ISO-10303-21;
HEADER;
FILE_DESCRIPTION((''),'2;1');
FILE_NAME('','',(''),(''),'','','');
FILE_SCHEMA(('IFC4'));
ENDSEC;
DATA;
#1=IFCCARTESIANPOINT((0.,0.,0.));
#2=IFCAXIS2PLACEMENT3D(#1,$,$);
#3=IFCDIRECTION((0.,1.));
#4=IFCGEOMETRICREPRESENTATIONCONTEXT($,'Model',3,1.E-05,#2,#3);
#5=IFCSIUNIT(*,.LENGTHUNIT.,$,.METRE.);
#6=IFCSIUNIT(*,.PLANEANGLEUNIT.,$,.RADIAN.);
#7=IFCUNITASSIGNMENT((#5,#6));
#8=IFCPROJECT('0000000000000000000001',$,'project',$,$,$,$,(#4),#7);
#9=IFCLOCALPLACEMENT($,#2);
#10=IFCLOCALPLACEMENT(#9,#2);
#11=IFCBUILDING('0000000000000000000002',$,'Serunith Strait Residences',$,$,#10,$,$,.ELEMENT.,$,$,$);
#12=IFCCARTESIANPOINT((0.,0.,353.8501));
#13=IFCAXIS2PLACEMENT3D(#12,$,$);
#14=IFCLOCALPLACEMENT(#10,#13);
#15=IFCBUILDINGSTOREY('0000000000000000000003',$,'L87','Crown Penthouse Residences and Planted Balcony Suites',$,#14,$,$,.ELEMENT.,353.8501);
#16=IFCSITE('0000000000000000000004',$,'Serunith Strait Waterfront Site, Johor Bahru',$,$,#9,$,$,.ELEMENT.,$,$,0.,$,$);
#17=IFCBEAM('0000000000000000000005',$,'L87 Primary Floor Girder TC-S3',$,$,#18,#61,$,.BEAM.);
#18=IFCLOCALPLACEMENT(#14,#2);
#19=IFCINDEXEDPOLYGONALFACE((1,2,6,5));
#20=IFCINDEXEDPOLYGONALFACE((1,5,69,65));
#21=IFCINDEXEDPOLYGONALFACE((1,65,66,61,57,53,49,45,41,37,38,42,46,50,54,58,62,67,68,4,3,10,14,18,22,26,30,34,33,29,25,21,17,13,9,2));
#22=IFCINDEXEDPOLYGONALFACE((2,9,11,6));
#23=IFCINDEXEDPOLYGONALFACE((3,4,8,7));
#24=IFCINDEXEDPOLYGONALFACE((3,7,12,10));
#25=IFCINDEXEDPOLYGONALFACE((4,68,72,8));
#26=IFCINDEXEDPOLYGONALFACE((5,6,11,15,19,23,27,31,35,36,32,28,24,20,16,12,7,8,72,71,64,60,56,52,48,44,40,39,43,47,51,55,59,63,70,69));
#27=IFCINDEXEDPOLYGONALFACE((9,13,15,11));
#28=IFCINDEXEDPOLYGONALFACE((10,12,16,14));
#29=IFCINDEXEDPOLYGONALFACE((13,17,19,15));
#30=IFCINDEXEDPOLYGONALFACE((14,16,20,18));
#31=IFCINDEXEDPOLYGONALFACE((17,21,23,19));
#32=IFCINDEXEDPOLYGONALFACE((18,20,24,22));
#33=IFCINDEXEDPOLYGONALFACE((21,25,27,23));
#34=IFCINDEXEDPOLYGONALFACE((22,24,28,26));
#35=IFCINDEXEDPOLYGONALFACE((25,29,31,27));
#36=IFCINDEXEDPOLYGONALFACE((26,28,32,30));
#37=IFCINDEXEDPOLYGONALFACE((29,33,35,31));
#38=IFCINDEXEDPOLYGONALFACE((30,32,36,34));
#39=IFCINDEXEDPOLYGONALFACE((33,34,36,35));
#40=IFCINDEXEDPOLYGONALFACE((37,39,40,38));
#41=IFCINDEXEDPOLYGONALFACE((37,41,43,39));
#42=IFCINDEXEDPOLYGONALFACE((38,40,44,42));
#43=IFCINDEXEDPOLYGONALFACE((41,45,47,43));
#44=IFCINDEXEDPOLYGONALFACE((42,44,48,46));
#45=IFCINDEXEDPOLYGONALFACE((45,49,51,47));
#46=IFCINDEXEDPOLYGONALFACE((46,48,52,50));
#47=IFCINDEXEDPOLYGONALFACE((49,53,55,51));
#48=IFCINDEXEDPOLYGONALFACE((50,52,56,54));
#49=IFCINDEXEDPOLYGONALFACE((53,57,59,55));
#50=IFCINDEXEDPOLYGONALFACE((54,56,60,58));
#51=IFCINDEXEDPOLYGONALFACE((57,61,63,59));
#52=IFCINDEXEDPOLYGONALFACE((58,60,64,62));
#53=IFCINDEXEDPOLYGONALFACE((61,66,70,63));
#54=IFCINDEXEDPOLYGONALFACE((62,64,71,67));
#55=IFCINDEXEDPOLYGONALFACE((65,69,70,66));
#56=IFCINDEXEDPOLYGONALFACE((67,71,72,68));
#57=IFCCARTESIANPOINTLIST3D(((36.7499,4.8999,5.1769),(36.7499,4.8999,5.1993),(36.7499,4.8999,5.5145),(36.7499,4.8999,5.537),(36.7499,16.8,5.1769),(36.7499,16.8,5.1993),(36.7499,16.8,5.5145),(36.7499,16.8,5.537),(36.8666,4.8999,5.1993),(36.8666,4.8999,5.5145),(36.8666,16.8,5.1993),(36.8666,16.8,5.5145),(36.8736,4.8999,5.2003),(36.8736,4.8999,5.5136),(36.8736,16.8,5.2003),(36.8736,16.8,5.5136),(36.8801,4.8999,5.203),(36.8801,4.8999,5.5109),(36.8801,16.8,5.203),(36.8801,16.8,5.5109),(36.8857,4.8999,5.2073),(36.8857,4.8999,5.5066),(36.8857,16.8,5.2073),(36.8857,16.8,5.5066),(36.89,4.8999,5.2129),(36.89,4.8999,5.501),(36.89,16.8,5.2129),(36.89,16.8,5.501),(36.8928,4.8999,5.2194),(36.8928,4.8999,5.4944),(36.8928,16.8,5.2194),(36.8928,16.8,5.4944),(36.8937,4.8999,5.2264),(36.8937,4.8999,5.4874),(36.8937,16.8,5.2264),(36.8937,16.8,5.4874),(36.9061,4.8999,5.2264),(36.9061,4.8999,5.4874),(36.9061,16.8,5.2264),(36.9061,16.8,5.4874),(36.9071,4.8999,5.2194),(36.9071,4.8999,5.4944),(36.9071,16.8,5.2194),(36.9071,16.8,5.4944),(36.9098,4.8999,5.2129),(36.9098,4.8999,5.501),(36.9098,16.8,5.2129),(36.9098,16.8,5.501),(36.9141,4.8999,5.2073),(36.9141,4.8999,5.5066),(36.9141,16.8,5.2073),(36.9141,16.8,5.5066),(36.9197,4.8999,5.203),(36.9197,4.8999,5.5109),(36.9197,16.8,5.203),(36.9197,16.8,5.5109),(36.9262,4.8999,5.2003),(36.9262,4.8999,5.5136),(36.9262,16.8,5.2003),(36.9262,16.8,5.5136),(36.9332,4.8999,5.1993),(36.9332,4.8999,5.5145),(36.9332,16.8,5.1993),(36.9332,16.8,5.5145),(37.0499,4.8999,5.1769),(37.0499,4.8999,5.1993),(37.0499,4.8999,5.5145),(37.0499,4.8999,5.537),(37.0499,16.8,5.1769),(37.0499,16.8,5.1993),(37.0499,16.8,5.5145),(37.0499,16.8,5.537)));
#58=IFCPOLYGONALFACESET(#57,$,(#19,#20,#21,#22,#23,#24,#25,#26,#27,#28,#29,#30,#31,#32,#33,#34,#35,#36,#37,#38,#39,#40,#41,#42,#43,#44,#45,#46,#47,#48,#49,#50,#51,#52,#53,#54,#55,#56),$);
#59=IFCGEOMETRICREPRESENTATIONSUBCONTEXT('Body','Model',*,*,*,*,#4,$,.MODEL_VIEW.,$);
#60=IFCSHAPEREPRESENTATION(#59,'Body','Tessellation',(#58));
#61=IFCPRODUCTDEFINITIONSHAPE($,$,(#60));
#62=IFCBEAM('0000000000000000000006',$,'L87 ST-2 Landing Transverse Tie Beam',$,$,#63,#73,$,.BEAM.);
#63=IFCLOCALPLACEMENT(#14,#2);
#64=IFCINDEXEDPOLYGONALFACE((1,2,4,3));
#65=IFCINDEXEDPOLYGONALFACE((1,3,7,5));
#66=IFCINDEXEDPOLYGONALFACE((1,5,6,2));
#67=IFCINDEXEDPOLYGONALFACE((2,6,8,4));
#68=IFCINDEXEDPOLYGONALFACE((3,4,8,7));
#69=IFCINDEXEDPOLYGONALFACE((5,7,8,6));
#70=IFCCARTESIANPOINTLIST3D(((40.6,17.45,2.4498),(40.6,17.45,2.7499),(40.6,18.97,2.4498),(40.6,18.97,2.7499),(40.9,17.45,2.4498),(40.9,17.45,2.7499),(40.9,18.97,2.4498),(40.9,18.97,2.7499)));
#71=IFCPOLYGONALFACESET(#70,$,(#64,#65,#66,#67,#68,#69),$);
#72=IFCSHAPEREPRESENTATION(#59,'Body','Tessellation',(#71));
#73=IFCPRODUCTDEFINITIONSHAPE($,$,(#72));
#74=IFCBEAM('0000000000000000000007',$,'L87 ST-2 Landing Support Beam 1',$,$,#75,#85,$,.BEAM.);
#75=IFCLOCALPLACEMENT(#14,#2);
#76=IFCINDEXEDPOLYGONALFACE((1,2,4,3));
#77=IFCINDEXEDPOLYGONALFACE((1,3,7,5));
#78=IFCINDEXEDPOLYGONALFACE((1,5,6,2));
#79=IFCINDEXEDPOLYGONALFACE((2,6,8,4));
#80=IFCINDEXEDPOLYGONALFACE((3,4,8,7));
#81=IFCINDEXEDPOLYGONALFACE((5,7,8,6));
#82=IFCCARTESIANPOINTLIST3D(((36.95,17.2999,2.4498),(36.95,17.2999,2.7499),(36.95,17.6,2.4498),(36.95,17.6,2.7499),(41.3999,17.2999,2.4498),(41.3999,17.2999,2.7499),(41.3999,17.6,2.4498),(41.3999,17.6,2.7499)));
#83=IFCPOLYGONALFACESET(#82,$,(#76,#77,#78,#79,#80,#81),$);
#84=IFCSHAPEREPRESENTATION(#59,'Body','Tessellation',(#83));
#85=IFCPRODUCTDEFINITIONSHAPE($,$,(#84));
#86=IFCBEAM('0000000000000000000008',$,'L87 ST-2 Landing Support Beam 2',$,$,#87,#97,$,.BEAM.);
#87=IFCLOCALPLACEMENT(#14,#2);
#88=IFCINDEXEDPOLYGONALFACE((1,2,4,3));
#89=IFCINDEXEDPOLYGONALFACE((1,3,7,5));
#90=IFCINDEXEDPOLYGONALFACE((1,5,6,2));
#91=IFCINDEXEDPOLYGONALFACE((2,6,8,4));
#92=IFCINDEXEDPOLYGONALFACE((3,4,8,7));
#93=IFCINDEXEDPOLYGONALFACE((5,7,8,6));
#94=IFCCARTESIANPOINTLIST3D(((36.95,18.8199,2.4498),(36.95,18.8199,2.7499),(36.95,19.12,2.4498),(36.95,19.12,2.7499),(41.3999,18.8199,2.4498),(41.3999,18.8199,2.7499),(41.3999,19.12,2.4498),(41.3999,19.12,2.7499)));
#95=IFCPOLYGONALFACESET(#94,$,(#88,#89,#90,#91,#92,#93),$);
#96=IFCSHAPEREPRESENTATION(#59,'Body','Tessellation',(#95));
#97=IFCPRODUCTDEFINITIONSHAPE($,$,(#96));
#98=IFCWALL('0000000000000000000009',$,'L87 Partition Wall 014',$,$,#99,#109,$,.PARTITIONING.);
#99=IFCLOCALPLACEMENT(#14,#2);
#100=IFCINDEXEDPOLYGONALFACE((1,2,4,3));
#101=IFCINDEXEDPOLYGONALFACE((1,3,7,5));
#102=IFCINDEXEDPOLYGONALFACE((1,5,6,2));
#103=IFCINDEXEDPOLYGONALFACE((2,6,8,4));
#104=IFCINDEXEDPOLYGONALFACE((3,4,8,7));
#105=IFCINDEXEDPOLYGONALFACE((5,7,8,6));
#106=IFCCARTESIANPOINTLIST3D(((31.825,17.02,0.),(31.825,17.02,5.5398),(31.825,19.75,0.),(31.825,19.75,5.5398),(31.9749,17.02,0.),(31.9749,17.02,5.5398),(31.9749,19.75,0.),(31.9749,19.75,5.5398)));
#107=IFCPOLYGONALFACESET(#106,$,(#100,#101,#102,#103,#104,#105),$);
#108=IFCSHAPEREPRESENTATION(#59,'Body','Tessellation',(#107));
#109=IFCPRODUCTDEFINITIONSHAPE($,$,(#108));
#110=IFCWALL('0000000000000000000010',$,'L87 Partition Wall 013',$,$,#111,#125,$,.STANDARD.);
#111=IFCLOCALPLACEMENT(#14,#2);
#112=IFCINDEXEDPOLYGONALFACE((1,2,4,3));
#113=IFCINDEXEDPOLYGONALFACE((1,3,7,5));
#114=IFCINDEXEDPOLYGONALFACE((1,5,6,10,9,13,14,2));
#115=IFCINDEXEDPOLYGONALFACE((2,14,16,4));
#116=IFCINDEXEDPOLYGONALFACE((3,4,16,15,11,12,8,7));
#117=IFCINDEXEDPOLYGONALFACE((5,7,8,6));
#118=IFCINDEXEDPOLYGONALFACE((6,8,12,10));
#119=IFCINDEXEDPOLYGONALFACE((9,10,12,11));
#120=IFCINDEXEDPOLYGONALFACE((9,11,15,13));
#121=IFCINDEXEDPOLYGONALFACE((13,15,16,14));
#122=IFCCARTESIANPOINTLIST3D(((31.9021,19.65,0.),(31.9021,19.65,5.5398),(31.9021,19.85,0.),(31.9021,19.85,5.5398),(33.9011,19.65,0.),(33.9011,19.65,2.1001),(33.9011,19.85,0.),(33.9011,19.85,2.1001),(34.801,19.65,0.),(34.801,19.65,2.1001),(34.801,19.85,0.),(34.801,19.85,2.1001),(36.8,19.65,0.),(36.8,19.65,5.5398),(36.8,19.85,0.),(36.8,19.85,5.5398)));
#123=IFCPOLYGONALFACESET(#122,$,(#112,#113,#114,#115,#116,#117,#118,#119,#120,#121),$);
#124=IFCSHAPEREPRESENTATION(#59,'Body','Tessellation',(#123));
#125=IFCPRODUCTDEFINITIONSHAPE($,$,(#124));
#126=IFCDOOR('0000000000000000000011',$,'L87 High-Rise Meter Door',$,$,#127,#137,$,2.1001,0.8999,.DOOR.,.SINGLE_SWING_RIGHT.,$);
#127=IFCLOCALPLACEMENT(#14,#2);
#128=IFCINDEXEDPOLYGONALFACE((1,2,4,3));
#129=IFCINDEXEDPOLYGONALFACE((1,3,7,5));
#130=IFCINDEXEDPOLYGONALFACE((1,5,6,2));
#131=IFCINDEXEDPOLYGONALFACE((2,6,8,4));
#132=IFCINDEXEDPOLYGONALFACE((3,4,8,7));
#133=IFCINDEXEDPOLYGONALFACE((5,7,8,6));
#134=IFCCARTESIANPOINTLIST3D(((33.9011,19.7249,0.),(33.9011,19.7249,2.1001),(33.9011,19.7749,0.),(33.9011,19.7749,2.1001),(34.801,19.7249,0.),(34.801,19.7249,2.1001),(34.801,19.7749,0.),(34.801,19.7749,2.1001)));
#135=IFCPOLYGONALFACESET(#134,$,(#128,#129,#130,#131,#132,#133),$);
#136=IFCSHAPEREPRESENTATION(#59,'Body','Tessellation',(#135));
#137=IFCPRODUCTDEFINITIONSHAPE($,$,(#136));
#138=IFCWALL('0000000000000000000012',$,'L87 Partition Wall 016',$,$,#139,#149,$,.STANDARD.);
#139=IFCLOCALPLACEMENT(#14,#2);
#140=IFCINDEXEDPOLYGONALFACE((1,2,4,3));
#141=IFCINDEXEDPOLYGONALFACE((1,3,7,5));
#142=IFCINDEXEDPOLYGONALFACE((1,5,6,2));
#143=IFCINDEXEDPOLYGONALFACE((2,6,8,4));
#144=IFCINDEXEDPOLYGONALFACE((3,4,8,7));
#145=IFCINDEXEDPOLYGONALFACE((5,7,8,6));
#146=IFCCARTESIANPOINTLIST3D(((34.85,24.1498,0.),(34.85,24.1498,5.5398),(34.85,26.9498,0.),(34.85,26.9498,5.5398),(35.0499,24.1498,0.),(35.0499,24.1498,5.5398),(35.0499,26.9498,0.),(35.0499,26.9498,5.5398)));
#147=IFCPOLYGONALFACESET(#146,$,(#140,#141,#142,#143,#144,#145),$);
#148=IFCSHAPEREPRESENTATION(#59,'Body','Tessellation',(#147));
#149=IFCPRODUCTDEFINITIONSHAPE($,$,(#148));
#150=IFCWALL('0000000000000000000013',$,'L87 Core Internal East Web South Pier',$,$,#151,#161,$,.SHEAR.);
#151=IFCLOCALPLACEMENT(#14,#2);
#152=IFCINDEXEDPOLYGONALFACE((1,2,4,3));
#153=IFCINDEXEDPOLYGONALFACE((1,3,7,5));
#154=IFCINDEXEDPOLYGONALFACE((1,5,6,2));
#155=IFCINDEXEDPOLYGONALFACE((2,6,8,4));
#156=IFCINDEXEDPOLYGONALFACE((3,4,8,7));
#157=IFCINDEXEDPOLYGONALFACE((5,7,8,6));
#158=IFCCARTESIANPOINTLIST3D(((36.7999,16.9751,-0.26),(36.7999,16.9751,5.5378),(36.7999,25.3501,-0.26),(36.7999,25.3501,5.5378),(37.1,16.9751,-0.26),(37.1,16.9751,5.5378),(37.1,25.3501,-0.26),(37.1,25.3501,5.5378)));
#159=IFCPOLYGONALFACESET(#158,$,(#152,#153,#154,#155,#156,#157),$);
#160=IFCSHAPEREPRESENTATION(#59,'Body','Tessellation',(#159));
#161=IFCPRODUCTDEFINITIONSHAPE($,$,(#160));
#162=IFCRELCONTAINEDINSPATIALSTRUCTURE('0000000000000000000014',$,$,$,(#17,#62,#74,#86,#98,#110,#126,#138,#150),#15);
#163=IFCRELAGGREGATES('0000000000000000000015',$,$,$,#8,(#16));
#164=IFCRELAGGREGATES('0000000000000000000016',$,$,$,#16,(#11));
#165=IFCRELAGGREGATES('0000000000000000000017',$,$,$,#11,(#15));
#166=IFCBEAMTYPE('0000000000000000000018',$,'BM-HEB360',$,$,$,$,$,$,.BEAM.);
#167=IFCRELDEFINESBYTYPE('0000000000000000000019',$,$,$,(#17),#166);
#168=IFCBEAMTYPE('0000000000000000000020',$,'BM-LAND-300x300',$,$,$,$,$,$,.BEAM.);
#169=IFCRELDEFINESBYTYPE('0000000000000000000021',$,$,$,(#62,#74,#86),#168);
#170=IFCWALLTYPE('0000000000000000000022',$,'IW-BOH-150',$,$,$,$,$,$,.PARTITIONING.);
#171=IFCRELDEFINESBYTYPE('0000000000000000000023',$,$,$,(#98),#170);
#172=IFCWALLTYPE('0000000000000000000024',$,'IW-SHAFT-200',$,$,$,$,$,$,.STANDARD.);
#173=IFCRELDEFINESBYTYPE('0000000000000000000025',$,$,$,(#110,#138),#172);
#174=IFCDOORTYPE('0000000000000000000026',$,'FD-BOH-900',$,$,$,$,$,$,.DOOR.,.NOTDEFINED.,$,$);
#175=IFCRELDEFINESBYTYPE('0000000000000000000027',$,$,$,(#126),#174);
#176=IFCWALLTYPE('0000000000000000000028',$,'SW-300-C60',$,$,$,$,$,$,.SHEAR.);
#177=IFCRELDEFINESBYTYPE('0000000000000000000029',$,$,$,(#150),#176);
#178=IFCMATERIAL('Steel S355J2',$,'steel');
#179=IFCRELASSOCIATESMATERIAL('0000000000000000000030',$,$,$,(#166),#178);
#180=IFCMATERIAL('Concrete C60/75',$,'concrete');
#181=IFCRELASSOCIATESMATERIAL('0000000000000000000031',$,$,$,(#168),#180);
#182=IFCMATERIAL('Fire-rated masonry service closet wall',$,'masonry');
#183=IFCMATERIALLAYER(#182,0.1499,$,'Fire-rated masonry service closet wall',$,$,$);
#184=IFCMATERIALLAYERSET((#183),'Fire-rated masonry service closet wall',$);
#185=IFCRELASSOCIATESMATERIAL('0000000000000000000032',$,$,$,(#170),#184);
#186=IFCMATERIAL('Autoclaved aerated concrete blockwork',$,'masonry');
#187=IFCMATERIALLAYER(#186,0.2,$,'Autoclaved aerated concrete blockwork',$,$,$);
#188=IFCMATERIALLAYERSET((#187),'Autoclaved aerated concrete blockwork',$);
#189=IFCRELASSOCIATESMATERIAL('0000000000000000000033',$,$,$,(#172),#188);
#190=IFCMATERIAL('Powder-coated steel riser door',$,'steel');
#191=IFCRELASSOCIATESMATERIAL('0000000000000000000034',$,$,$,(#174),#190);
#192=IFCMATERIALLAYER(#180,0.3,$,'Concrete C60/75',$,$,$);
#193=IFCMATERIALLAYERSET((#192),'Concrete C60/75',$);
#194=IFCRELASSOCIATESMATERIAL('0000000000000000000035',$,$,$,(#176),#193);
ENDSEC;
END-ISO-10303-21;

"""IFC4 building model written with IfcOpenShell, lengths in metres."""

from ifc_helpers import new_model, si_unit, direction, frame, frame_2d, origin, origin_2d, place, context, subcontext, project, spatial, rectangle, i_section, extrude, source, transform, mapped, material, layer, layer_set, material_profile, profile_set, type_object, element, fill, save


model = new_model("IFC4")

# Units and contexts
model_context = context("Model", 3, precision=1e-05, world=origin(), true_north=direction((0.0, 1.0)))
body_context = subcontext(model_context, "Body", "Model", "MODEL_VIEW")
ifc_project = project(units=[si_unit("LENGTHUNIT", "METRE"), si_unit("PLANEANGLEUNIT", "RADIAN")], contexts=[model_context])

# Site, building, storey
site_placement = place(None, origin())
site = spatial("IfcSite", under=ifc_project, at=site_placement, Name="Serunith Strait Waterfront Site, Johor Bahru", CompositionType="ELEMENT", RefElevation=0.0)
building_placement = place(site_placement, origin())
building = spatial("IfcBuilding", under=site, at=building_placement, Name="Serunith Strait Residences", CompositionType="ELEMENT")
storey_placement = place(building_placement, frame((0.0, 0.0, 353.8501)))
storey = spatial("IfcBuildingStorey", under=building, at=storey_placement, Name="L87", Description="Crown Penthouse Residences and Planted Balcony Suites", CompositionType="ELEMENT", Elevation=353.8501)

# Beams
ifc_material_1 = material(Name="Steel S355J2", Category="steel")
ifc_material_profile_1 = material_profile(ifc_material_1, i_section(OverallWidth=0.3, OverallDepth=0.3601, WebThickness=0.0125, FlangeThickness=0.0225, FilletRadius=0.0271, at=origin_2d()), Name="HEB 360")
ifc_profile_set_1 = profile_set([ifc_material_profile_1], Name="Steel S355J2")
beam_type_1 = type_object("IfcBeamType", Name="BM-HEB360", PredefinedType="BEAM", material=ifc_profile_set_1)
shared_shape_1 = source(origin(), body_context, "Body", "SweptSolid", [
    extrude(i_section(OverallWidth=0.3, OverallDepth=0.3601, WebThickness=0.0125, FlangeThickness=0.0225, FilletRadius=0.0271, at=origin_2d()), origin(), (0.0, 0.0, 1.0), 11.9001),
])
beam_1_placement = place(storey_placement, frame((36.8999, 16.8, 5.3569), z_axis=(0.0, -1.0, 0.0), x_axis=(1.0, 0.0, 0.0)))
element("IfcBeam", 1, at=beam_1_placement, inside=storey, type_object=beam_type_1, Name="L87 Primary Floor Girder TC-S3", PredefinedType="BEAM", context=body_context, shape_type="MappedRepresentation", body=[
    mapped(shared_shape_1, transform((0.0, 0.0, 0.0), scale=1.0)),
])
ifc_material_2 = material(Name="Concrete C60/75", Category="concrete")
ifc_material_profile_2 = material_profile(ifc_material_2, rectangle(XDim=0.3, YDim=0.3, at=origin_2d()), Name="RC 300x300")
ifc_profile_set_2 = profile_set([ifc_material_profile_2], Name="Concrete C60/75")
beam_type_2 = type_object("IfcBeamType", Name="BM-LAND-300x300", PredefinedType="BEAM", material=ifc_profile_set_2)
shared_shape_2 = source(origin(), body_context, "Body", "SweptSolid", [
    extrude(rectangle(XDim=0.3, YDim=0.3, at=origin_2d()), origin(), (0.0, 0.0, 1.0), 1.52),
])
beam_2_placement = place(storey_placement, frame((40.75, 17.45, 2.5999), z_axis=(0.0, 1.0, 0.0), x_axis=(-1.0, 0.0, 0.0)))
element("IfcBeam", 2, at=beam_2_placement, inside=storey, type_object=beam_type_2, Name="L87 ST-2 Landing Transverse Tie Beam", PredefinedType="BEAM", context=body_context, shape_type="MappedRepresentation", body=[
    mapped(shared_shape_2, transform((0.0, 0.0, 0.0), scale=1.0)),
])
shared_shape_3 = source(origin(), body_context, "Body", "SweptSolid", [
    extrude(rectangle(XDim=0.3, YDim=0.3, at=origin_2d()), origin(), (0.0, 0.0, 1.0), 4.45),
])
for number, where, z_axis, x_axis, name in (
    (3, (36.95, 17.45, 2.5999), (1.0, 0.0, 0.0), (0.0, 1.0, 0.0), "L87 ST-2 Landing Support Beam 1"),
    (4, (36.95, 18.97, 2.5999), (1.0, 0.0, 0.0), (0.0, 1.0, 0.0), "L87 ST-2 Landing Support Beam 2"),
):
    element("IfcBeam", number, at=place(storey_placement, frame(where, z_axis=z_axis, x_axis=x_axis)), inside=storey, type_object=beam_type_2, Name=name, PredefinedType="BEAM", context=body_context, shape_type="MappedRepresentation", body=[
        mapped(shared_shape_3, transform((0.0, 0.0, 0.0), scale=1.0)),
    ])

# Wall
ifc_material_3 = material(Name="Fire-rated masonry service closet wall", Category="masonry")
ifc_layer_1 = layer(ifc_material_3, 0.1499, Name="Fire-rated masonry service closet wall")
ifc_layer_set_1 = layer_set([ifc_layer_1], Name="Fire-rated masonry service closet wall")
wall_type_1 = type_object("IfcWallType", Name="IW-BOH-150", PredefinedType="PARTITIONING", material=ifc_layer_set_1)
wall_1_placement = place(storey_placement, frame((31.8999, 17.02, 0.0), z_axis=(0.0, 0.0, 1.0), x_axis=(0.0, 1.0, 0.0)))
element("IfcWall", 5, at=wall_1_placement, inside=storey, type_object=wall_type_1, Name="L87 Partition Wall 014", PredefinedType="PARTITIONING", context=body_context, shape_type="SweptSolid", body=[
    extrude(rectangle(XDim=2.73, YDim=0.1499, at=frame_2d((1.365, 0.0))), origin(), (0.0, 0.0, 1.0), 5.5398),
])

# Wall, opening, door
ifc_material_4 = material(Name="Autoclaved aerated concrete blockwork", Category="masonry")
ifc_layer_2 = layer(ifc_material_4, 0.2, Name="Autoclaved aerated concrete blockwork")
ifc_layer_set_2 = layer_set([ifc_layer_2], Name="Autoclaved aerated concrete blockwork")
wall_type_2 = type_object("IfcWallType", Name="IW-SHAFT-200", PredefinedType="STANDARD", material=ifc_layer_set_2)
wall_2_placement = place(storey_placement, frame((31.9021, 19.75, 0.0), z_axis=(0.0, 0.0, 1.0), x_axis=(1.0, 0.0, 0.0)))
wall_2 = element("IfcWall", 6, at=wall_2_placement, inside=storey, type_object=wall_type_2, Name="L87 Partition Wall 013", PredefinedType="STANDARD", context=body_context, shape_type="SweptSolid", body=[
    extrude(rectangle(XDim=4.8979, YDim=0.2, at=frame_2d((2.449, 0.0))), origin(), (0.0, 0.0, 1.0), 5.5398),
])
opening_placement = place(wall_2_placement, frame((1.999, 0.0, 0.0)))
opening = element("IfcOpeningElement", 7, at=opening_placement, cuts=wall_2, PredefinedType="OPENING", context=body_context, shape_type="SweptSolid", body=[
    extrude(rectangle(XDim=0.8999, YDim=2.1001, at=frame_2d((0.45, 1.05))), frame((0.0, 0.1099, 0.0), z_axis=(0.0, -1.0, 0.0), x_axis=(1.0, 0.0, 0.0)), (0.0, 0.0, 1.0), 0.22),
])
ifc_material_5 = material(Name="Powder-coated steel riser door", Category="steel")
door_type = type_object("IfcDoorType", Name="FD-BOH-900", OperationType="NOTDEFINED", PredefinedType="DOOR", material=ifc_material_5)
shared_shape_4 = source(origin(), body_context, "Body", "SweptSolid", [
    extrude(rectangle(XDim=0.8999, YDim=2.1001, at=frame_2d((0.45, 1.05))), frame((0.0, 0.0249, 0.0), z_axis=(0.0, -1.0, 0.0), x_axis=(1.0, 0.0, 0.0)), (0.0, 0.0, 1.0), 0.05),
])
door_placement = place(opening_placement, origin())
door = element("IfcDoor", 8, at=door_placement, inside=storey, type_object=door_type, Name="L87 High-Rise Meter Door", OperationType="SINGLE_SWING_RIGHT", OverallHeight=2.1001, OverallWidth=0.8999, PredefinedType="DOOR", context=body_context, shape_type="MappedRepresentation", body=[
    mapped(shared_shape_4, transform((0.0, 0.0, 0.0), scale=1.0)),
])
fill(opening, door)

# Walls
wall_3_placement = place(storey_placement, frame((34.95, 24.1499, 0.0), z_axis=(0.0, 0.0, 1.0), x_axis=(0.0, 1.0, 0.0)))
element("IfcWall", 9, at=wall_3_placement, inside=storey, type_object=wall_type_2, Name="L87 Partition Wall 016", PredefinedType="STANDARD", context=body_context, shape_type="SweptSolid", body=[
    extrude(rectangle(XDim=2.8, YDim=0.2, at=frame_2d((1.3999, 0.0))), origin(), (0.0, 0.0, 1.0), 5.5398),
])
ifc_layer_3 = layer(ifc_material_2, 0.3, Name="Concrete C60/75")
ifc_layer_set_3 = layer_set([ifc_layer_3], Name="Concrete C60/75")
wall_type_3 = type_object("IfcWallType", Name="SW-300-C60", PredefinedType="SHEAR", material=ifc_layer_set_3)
wall_4_placement = place(storey_placement, frame((36.95, 16.9751, -0.26), z_axis=(0.0, 0.0, 1.0), x_axis=(0.0, 1.0, 0.0)))
element("IfcWall", 10, at=wall_4_placement, inside=storey, type_object=wall_type_3, Name="L87 Core Internal East Web South Pier", PredefinedType="SHEAR", context=body_context, shape_type="SweptSolid", body=[
    extrude(rectangle(XDim=8.375, YDim=0.3, at=frame_2d((4.1875, 0.0))), origin(), (0.0, 0.0, 1.0), 5.7979),
])

save(model, "model.ifc")
